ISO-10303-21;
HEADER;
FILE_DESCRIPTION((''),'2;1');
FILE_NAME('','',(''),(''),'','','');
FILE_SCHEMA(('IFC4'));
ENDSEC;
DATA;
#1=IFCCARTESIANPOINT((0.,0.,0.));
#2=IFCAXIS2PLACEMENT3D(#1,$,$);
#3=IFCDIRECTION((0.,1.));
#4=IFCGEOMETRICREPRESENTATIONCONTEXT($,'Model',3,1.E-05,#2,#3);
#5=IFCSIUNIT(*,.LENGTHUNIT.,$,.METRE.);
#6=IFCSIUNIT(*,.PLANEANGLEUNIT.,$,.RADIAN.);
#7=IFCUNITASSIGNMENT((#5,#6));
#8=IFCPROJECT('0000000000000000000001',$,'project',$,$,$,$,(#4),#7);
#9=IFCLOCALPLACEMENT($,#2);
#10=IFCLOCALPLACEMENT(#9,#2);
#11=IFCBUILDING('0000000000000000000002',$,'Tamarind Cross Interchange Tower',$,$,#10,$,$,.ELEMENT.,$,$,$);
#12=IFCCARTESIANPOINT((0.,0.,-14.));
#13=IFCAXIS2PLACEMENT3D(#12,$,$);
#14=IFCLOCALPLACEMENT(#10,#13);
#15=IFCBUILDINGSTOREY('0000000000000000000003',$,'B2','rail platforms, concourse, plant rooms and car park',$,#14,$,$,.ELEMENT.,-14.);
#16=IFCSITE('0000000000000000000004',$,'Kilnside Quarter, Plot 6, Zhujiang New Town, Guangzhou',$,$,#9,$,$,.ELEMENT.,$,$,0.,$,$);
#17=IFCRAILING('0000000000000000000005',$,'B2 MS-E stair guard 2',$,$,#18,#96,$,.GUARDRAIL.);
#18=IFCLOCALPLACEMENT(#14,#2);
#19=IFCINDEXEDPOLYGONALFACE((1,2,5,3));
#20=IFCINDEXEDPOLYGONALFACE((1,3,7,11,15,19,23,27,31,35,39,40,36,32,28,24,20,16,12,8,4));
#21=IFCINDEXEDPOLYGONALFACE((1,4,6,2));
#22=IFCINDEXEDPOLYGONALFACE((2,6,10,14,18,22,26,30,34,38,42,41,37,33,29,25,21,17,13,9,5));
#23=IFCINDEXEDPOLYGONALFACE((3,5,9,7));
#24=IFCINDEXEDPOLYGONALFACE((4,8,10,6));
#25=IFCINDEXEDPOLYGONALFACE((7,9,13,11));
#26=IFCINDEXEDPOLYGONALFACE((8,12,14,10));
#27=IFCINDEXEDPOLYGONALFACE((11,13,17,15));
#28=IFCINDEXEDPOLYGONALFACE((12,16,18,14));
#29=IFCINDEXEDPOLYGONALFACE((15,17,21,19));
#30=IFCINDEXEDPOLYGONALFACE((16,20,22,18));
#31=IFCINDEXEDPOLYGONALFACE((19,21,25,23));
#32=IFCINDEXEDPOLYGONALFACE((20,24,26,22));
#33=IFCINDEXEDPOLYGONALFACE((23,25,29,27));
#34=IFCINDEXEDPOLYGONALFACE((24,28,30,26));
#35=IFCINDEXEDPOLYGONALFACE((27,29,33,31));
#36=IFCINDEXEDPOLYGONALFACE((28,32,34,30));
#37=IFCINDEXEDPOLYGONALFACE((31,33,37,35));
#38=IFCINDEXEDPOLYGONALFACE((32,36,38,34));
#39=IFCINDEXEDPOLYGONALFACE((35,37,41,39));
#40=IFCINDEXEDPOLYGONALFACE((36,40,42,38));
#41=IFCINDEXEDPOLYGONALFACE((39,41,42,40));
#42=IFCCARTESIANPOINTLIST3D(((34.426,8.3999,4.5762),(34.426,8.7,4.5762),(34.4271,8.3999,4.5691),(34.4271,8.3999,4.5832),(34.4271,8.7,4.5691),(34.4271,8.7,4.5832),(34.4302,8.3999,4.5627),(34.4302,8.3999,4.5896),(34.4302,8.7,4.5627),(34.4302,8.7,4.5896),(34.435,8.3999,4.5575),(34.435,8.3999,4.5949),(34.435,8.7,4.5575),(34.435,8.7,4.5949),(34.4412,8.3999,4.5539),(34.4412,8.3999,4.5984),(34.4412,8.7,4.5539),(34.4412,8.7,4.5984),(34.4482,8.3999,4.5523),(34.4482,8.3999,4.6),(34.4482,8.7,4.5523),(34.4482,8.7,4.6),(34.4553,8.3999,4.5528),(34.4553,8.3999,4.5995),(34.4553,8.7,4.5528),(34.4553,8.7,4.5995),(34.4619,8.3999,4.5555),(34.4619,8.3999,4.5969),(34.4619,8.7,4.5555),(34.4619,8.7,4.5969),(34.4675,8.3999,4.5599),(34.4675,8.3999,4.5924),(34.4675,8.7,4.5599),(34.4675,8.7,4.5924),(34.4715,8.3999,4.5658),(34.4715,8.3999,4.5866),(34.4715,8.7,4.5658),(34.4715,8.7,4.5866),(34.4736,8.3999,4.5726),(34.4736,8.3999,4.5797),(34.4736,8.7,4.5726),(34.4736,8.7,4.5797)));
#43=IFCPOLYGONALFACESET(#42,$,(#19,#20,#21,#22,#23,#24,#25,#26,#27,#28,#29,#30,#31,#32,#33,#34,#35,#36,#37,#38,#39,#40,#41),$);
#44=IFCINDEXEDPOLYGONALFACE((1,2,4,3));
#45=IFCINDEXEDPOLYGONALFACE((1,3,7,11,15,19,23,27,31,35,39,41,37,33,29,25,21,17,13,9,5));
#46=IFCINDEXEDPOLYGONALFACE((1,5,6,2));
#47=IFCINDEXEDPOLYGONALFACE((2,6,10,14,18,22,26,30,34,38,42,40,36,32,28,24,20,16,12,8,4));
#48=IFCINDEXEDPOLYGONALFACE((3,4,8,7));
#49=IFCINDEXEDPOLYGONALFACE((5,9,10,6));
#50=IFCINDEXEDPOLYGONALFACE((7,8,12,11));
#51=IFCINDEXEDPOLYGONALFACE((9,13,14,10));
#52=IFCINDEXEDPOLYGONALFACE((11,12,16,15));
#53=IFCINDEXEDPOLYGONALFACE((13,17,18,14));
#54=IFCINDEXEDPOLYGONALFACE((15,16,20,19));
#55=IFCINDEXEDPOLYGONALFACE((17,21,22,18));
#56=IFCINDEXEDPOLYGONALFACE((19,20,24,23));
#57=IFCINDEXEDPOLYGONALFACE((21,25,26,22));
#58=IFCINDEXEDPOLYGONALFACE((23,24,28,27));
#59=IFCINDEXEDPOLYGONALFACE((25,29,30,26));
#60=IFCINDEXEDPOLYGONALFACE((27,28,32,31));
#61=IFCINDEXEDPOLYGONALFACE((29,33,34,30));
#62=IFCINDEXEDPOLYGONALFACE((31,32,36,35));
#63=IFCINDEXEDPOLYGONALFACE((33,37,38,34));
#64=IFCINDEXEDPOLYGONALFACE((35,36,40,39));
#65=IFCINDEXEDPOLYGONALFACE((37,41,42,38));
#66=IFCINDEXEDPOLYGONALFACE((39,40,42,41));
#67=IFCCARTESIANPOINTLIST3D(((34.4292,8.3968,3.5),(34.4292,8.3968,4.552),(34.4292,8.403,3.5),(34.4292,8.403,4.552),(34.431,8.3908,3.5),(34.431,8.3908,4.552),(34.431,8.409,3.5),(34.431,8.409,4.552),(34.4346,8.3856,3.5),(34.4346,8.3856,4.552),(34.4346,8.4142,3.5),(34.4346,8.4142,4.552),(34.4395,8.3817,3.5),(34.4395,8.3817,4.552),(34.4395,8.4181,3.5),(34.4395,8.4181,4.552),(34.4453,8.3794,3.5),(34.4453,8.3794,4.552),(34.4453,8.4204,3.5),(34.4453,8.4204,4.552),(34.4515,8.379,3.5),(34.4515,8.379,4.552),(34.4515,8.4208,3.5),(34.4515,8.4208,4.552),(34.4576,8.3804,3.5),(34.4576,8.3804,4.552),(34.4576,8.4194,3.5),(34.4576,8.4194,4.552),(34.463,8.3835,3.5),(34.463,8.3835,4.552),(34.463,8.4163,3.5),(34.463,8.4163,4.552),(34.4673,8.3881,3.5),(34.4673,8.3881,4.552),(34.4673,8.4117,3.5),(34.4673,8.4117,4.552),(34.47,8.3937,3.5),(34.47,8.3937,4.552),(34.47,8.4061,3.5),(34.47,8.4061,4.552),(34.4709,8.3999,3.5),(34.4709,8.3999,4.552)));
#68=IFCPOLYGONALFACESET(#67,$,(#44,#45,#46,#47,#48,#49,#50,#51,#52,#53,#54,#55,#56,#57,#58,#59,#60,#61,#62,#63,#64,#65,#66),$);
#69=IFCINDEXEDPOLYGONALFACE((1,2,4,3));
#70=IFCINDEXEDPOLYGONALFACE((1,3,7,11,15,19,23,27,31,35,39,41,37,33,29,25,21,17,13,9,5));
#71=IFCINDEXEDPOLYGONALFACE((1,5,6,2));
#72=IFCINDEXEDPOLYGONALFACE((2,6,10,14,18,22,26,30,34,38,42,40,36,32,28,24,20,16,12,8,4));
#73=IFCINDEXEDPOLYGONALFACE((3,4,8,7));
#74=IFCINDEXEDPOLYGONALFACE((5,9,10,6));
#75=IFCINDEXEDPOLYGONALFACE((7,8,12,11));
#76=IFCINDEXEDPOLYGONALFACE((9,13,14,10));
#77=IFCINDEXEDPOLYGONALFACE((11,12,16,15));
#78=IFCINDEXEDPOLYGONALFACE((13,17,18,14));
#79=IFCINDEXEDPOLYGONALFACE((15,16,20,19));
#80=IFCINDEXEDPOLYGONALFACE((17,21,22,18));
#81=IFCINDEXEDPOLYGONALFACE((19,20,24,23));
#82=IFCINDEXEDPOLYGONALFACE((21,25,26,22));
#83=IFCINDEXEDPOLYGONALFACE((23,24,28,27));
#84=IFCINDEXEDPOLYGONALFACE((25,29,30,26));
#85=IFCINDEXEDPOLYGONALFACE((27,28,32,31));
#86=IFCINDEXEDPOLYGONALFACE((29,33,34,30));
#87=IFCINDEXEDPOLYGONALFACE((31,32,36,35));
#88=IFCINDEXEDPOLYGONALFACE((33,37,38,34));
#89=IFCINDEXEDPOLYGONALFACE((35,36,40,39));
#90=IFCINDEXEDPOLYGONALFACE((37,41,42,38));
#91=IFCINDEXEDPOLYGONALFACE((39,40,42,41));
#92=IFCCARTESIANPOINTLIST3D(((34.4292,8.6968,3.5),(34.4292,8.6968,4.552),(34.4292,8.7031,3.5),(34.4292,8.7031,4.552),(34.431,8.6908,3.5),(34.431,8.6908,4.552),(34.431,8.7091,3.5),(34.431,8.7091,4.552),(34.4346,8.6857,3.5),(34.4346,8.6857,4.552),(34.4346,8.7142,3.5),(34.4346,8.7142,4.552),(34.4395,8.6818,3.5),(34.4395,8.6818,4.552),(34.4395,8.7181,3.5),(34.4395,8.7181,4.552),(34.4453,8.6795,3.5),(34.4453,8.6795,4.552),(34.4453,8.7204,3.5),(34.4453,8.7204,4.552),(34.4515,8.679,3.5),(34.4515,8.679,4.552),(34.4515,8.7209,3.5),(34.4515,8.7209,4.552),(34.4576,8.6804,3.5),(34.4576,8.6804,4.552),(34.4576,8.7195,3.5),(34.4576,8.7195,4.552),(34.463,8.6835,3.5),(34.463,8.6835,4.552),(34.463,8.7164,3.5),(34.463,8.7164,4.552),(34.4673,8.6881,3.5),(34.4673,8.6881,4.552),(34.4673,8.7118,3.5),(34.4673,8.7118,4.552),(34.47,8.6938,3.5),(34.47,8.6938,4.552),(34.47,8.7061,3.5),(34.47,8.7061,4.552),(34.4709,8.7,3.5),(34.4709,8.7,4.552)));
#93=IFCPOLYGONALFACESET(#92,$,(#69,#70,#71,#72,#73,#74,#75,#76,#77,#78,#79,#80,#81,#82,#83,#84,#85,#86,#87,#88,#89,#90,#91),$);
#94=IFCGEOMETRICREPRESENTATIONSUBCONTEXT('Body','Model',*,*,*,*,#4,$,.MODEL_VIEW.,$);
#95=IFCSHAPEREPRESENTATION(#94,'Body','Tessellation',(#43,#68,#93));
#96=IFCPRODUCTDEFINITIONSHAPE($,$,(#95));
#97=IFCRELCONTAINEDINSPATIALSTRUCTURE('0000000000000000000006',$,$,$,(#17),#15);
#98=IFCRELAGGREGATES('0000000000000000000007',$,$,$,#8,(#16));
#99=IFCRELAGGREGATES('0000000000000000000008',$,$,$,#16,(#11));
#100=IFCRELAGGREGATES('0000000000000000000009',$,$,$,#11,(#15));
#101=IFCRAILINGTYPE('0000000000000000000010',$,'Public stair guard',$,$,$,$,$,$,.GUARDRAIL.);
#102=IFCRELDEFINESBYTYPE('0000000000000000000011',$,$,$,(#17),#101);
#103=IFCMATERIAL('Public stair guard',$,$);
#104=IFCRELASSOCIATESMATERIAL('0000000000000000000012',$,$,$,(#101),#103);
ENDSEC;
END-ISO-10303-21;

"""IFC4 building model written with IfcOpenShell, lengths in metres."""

from ifc_helpers import new_model, si_unit, direction, frame, origin, origin_2d, place, context, subcontext, project, spatial, circle, extrude, material, type_object, element, save


model = new_model("IFC4")

# Units and contexts
model_context = context("Model", 3, precision=1e-05, world=origin(), true_north=direction((0.0, 1.0)))
body_context = subcontext(model_context, "Body", "Model", "MODEL_VIEW")
ifc_project = project(units=[si_unit("LENGTHUNIT", "METRE"), si_unit("PLANEANGLEUNIT", "RADIAN")], contexts=[model_context])

# Site, building, storey
site_placement = place(None, origin())
site = spatial("IfcSite", under=ifc_project, at=site_placement, Name="Kilnside Quarter, Plot 6, Zhujiang New Town, Guangzhou", CompositionType="ELEMENT", RefElevation=0.0)
building_placement = place(site_placement, origin())
building = spatial("IfcBuilding", under=site, at=building_placement, Name="Tamarind Cross Interchange Tower", CompositionType="ELEMENT")
storey_placement = place(building_placement, frame((0.0, 0.0, -14.0)))
storey = spatial("IfcBuildingStorey", under=building, at=storey_placement, Name="B2", Description="rail platforms, concourse, plant rooms and car park", CompositionType="ELEMENT", Elevation=-14.0)

# Railing
ifc_material_1 = material(Name="Public stair guard")
railing_type_1 = type_object("IfcRailingType", Name="Public stair guard", PredefinedType="GUARDRAIL", material=ifc_material_1)
railing_1_placement = place(storey_placement, frame((34.45, 8.3999, 3.5)))
element("IfcRailing", 1, at=railing_1_placement, inside=storey, type_object=railing_type_1, Name="B2 MS-E stair guard 2", PredefinedType="GUARDRAIL", context=body_context, shape_type="SweptSolid", body=[
    extrude(circle(Radius=0.0239, at=origin_2d()), frame((0.0, 0.0, 1.0762), z_axis=(0.0, 1.0, 0.0), x_axis=(-1.0, 0.0, 0.0)), (0.0, 0.0, 1.0), 0.3),
    extrude(circle(Radius=0.021, at=origin_2d()), origin(), (0.0, 0.0, 1.0), 1.052),
    extrude(circle(Radius=0.021, at=origin_2d()), frame((0.0, 0.3, 0.0)), (0.0, 0.0, 1.0), 1.052),
])

save(model, "model.ifc")
